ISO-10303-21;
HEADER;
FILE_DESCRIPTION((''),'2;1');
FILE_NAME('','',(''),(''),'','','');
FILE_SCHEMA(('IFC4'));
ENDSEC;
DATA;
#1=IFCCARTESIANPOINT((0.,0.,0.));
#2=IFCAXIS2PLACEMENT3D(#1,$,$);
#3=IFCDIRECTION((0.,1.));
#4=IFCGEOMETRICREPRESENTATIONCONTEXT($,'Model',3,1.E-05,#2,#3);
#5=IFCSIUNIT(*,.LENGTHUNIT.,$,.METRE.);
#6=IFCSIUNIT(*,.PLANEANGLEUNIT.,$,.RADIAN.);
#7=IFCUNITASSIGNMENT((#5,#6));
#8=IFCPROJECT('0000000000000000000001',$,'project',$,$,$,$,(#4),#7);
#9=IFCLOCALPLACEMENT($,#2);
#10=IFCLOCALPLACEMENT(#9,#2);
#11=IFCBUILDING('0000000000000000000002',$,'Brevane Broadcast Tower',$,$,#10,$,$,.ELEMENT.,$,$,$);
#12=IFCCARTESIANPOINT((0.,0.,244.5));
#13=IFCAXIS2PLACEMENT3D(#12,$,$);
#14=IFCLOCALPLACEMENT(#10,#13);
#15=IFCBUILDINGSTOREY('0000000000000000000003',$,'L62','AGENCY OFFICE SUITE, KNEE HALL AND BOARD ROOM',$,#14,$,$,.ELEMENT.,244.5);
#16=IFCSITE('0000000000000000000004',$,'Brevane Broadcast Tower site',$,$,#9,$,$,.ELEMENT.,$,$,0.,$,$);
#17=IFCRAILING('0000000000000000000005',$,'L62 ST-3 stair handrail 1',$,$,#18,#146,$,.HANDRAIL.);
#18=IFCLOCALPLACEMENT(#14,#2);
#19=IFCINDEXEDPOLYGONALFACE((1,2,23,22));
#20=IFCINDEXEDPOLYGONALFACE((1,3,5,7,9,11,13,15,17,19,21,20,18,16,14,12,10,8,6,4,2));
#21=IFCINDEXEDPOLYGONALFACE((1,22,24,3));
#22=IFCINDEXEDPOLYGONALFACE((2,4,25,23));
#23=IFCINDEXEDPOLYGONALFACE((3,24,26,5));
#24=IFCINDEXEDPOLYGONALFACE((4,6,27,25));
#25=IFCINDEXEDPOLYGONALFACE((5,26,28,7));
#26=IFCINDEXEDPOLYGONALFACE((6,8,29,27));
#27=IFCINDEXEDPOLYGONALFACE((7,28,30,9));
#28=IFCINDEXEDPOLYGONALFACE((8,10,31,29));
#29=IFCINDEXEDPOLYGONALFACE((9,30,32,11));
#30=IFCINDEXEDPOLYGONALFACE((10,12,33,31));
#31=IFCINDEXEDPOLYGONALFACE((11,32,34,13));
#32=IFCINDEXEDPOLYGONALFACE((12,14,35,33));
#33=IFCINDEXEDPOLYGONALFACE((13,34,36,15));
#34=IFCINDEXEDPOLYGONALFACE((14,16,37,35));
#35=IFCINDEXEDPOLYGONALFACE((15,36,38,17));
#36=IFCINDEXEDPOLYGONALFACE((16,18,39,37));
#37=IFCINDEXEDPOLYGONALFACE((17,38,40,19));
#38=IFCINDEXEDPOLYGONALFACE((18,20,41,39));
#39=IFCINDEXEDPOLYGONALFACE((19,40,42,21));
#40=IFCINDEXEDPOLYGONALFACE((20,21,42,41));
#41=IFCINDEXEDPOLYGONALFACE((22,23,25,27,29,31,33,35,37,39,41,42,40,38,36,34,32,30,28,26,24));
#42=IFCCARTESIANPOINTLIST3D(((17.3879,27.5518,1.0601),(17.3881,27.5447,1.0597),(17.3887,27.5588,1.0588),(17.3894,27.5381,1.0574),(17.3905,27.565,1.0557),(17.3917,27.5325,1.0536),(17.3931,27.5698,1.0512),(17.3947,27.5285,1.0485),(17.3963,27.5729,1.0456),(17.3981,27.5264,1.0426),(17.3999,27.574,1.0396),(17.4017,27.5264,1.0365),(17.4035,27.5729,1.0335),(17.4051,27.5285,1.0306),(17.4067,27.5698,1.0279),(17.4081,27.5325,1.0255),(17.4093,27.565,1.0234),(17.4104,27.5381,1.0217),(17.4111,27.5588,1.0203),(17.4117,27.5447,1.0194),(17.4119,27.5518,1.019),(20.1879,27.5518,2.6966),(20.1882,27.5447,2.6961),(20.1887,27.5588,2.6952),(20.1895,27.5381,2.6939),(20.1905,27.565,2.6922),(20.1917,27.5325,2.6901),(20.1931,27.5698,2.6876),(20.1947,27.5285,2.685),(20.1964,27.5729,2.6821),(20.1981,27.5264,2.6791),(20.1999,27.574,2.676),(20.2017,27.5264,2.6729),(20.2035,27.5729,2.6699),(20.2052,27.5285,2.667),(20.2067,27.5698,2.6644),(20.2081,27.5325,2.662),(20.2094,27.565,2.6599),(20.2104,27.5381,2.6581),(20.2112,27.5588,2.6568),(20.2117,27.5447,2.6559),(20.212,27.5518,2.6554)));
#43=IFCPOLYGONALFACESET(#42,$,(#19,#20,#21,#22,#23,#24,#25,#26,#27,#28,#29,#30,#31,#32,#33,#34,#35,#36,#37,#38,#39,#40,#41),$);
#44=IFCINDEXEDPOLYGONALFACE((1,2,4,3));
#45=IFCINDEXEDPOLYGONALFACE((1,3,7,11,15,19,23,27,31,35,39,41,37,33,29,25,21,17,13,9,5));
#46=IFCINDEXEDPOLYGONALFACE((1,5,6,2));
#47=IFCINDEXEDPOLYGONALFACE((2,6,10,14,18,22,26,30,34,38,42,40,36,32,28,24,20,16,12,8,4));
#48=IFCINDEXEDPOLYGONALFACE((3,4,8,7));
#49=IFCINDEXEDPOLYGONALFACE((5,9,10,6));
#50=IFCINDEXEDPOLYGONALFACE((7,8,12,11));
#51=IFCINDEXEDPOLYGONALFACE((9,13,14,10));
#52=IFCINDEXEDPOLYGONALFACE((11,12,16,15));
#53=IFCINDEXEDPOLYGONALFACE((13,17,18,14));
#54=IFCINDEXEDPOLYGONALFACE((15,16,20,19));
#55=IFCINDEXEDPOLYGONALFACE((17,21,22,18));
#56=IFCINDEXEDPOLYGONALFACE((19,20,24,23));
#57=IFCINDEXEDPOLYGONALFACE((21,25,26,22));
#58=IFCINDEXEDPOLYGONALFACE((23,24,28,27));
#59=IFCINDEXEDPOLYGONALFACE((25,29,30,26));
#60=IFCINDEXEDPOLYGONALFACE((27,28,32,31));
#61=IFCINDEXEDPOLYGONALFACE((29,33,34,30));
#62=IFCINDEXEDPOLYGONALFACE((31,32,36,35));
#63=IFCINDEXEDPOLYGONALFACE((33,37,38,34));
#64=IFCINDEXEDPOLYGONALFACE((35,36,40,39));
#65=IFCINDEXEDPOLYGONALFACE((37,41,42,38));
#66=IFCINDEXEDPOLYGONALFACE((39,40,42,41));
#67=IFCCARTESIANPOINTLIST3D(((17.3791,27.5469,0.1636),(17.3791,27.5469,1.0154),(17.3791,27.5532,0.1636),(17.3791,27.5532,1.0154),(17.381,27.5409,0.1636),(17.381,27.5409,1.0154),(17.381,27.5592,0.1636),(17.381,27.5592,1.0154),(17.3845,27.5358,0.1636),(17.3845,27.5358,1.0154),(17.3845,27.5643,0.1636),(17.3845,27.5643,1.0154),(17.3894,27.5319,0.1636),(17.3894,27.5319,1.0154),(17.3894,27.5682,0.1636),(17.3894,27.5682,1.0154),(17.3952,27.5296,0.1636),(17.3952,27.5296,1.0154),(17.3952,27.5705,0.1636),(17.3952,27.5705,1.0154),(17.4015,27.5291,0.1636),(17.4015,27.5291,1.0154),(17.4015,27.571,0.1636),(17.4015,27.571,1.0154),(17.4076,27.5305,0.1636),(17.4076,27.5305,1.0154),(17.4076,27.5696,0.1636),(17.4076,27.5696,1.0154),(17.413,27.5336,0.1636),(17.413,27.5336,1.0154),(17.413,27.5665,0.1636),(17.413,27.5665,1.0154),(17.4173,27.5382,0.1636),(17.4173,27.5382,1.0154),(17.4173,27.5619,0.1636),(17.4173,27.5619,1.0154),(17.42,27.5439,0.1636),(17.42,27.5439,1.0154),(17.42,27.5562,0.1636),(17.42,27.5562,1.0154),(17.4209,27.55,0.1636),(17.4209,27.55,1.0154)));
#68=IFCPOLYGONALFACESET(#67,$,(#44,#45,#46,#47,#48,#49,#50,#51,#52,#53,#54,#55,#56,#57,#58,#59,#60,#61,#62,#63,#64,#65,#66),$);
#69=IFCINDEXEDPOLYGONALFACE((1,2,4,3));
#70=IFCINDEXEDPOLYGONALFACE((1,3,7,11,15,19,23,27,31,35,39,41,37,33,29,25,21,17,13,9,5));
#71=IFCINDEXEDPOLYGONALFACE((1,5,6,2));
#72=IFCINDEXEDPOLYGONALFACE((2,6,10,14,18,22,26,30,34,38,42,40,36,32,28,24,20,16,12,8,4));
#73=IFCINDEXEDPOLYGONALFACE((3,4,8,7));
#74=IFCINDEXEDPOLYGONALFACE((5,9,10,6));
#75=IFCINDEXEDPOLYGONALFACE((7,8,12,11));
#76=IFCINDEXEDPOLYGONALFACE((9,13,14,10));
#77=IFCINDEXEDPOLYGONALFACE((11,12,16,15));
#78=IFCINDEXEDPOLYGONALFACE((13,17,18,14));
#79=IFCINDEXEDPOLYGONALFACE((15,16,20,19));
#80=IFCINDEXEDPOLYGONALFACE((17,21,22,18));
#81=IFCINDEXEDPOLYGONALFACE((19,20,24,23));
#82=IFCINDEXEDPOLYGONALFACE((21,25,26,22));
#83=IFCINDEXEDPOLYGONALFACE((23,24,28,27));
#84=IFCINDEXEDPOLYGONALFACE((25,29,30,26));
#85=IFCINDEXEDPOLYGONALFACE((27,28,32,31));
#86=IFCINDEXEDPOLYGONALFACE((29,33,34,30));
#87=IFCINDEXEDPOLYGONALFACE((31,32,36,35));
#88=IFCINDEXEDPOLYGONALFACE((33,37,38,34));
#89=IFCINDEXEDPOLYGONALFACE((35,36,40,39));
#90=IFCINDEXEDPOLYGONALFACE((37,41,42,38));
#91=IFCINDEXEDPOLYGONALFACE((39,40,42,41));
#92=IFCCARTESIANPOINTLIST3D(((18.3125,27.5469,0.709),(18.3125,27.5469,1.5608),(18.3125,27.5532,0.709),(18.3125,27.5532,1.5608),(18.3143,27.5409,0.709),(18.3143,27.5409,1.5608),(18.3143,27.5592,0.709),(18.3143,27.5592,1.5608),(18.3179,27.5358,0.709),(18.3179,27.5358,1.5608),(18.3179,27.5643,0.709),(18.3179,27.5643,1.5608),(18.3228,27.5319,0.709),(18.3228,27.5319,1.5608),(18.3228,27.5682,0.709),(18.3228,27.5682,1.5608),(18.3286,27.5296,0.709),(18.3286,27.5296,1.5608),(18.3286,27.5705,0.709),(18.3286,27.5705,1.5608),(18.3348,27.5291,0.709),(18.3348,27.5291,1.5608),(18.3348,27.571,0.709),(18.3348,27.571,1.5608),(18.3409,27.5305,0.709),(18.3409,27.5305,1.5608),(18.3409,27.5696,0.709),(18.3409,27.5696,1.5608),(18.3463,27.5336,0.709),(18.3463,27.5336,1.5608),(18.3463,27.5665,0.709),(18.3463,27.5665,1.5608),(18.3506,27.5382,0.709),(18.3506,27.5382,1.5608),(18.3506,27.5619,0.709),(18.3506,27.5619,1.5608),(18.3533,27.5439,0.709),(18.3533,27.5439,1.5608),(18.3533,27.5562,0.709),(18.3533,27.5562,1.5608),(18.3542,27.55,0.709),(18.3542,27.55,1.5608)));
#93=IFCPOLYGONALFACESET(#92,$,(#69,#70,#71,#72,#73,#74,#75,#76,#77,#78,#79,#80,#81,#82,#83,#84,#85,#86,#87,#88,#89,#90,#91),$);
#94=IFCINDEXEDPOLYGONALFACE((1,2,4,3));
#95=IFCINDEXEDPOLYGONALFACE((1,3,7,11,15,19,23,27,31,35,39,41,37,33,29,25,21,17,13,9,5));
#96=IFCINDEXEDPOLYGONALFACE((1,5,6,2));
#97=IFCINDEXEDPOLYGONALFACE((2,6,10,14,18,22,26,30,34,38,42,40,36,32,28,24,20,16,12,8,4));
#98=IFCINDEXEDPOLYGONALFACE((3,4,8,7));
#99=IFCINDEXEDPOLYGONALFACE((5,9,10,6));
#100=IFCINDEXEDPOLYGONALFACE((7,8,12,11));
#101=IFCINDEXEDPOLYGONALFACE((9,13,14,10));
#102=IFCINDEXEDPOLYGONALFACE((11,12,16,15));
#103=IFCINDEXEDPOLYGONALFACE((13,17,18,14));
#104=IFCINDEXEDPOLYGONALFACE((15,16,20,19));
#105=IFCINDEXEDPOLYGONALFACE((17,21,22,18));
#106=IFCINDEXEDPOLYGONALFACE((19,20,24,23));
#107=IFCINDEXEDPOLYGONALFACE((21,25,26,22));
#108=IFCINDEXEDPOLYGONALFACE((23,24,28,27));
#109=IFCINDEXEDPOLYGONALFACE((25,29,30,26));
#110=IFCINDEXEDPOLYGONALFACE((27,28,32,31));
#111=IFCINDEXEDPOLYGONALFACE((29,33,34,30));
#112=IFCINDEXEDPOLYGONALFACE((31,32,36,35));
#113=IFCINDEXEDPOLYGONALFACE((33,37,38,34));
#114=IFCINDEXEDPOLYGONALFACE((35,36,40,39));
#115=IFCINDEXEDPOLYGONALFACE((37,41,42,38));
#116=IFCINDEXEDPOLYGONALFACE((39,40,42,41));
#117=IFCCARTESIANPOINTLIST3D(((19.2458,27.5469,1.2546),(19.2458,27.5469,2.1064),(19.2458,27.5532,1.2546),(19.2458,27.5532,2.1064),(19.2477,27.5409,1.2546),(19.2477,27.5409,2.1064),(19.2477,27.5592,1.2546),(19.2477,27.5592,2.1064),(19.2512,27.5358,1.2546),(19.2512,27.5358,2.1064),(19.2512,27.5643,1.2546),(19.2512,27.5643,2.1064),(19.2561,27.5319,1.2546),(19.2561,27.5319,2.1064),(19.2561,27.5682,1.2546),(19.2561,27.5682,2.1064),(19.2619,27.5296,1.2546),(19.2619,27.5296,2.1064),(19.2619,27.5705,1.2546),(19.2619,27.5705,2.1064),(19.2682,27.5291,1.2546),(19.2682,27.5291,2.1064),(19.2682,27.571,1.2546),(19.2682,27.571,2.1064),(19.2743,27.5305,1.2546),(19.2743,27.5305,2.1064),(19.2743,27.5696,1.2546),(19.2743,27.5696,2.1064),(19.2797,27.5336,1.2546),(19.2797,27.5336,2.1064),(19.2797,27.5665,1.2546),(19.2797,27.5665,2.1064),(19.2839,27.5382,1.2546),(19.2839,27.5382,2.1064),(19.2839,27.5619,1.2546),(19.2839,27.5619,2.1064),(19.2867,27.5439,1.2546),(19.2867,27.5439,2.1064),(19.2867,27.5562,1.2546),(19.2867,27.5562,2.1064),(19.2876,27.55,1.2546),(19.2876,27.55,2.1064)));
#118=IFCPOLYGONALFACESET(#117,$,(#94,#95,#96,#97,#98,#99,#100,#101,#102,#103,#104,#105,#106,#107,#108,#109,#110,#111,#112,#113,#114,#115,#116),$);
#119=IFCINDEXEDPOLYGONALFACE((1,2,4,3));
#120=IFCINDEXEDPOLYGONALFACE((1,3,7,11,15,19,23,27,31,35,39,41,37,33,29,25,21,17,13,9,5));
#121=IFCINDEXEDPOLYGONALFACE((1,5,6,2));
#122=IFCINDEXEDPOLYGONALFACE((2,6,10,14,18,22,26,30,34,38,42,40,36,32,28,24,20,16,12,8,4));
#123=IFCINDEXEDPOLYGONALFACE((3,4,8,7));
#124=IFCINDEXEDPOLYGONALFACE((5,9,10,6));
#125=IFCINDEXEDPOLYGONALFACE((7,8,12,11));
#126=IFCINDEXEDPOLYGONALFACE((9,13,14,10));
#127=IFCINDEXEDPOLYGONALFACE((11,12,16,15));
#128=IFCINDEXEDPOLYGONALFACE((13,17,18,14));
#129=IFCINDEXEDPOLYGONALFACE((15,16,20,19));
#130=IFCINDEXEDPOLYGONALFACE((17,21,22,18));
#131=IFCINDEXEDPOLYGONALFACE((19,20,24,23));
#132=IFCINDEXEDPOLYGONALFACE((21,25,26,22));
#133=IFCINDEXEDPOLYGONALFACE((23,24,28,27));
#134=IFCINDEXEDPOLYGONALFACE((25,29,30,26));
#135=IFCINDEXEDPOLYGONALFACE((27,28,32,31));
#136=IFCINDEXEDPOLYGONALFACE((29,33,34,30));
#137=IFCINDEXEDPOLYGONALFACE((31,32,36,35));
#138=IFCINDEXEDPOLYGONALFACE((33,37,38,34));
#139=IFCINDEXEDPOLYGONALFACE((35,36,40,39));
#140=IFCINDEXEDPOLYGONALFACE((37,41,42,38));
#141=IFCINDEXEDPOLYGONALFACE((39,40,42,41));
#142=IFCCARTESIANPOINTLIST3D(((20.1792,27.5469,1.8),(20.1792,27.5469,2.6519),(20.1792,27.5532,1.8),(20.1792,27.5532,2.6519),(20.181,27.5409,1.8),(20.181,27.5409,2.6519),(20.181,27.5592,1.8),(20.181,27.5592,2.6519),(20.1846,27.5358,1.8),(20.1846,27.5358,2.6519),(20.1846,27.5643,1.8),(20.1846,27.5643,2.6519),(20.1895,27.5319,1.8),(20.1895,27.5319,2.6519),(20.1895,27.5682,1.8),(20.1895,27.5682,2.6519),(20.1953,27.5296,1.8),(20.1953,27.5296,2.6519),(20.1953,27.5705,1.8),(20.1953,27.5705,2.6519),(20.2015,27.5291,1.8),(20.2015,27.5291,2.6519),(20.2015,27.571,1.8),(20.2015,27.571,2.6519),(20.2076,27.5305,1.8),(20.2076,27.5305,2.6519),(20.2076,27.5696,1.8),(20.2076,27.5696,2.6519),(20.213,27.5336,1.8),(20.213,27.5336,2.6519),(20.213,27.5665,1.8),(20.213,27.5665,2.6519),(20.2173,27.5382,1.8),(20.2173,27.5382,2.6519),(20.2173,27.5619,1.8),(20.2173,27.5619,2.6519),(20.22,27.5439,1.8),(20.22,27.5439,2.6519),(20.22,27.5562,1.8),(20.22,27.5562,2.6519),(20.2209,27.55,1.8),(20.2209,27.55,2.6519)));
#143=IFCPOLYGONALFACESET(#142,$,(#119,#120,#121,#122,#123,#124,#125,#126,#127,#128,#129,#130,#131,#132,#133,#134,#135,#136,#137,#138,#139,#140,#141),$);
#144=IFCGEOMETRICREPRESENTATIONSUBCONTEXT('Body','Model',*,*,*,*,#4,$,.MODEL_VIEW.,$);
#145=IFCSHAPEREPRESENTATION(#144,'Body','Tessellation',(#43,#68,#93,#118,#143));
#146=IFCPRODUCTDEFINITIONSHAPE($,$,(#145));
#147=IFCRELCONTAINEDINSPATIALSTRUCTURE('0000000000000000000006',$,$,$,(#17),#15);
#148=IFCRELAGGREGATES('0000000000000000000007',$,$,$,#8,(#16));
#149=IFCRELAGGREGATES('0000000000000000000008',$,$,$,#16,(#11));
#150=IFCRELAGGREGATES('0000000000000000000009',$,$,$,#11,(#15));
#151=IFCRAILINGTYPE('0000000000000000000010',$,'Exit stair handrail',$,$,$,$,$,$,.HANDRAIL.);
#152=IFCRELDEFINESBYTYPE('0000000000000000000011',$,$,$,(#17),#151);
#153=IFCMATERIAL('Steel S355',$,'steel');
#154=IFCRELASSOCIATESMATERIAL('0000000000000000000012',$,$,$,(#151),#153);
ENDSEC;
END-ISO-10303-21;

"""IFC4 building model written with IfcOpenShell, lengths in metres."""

from ifc_helpers import new_model, si_unit, direction, frame, origin, origin_2d, place, context, subcontext, project, spatial, circle, extrude, material, type_object, element, save


model = new_model("IFC4")

# Units and contexts
model_context = context("Model", 3, precision=1e-05, world=origin(), true_north=direction((0.0, 1.0)))
body_context = subcontext(model_context, "Body", "Model", "MODEL_VIEW")
ifc_project = project(units=[si_unit("LENGTHUNIT", "METRE"), si_unit("PLANEANGLEUNIT", "RADIAN")], contexts=[model_context])

# Site, building, storey
site_placement = place(None, origin())
site = spatial("IfcSite", under=ifc_project, at=site_placement, Name="Brevane Broadcast Tower site", CompositionType="ELEMENT", RefElevation=0.0)
building_placement = place(site_placement, origin())
building = spatial("IfcBuilding", under=site, at=building_placement, Name="Brevane Broadcast Tower", CompositionType="ELEMENT")
storey_placement = place(building_placement, frame((0.0, 0.0, 244.5)))
storey = spatial("IfcBuildingStorey", under=building, at=storey_placement, Name="L62", Description="AGENCY OFFICE SUITE, KNEE HALL AND BOARD ROOM", CompositionType="ELEMENT", Elevation=244.5)

# Railing
ifc_material_1 = material(Name="Steel S355", Category="steel")
railing_type_1 = type_object("IfcRailingType", Name="Exit stair handrail", PredefinedType="HANDRAIL", material=ifc_material_1)
railing_1_placement = place(storey_placement, frame((17.3999, 27.55, 0.1636)))
element("IfcRailing", 1, at=railing_1_placement, inside=storey, type_object=railing_type_1, Name="L62 ST-3 stair handrail 1", PredefinedType="HANDRAIL", context=body_context, shape_type="SweptSolid", body=[
    extrude(circle(Radius=0.0239, at=origin_2d()), frame((0.0, 0.0, 0.876), z_axis=(0.863361, 0.0, 0.504587), x_axis=(0.0, 1.0, 0.0)), (0.0, 0.0, 1.0), 3.2432),
    extrude(circle(Radius=0.021, at=origin_2d()), origin(), (0.0, 0.0, 1.0), 0.8518),
    extrude(circle(Radius=0.021, at=origin_2d()), frame((0.9333, 0.0, 0.5454)), (0.0, 0.0, 1.0), 0.8518),
    extrude(circle(Radius=0.021, at=origin_2d()), frame((1.8667, 0.0, 1.0911)), (0.0, 0.0, 1.0), 0.8518),
    extrude(circle(Radius=0.021, at=origin_2d()), frame((2.8, 0.0, 1.6365)), (0.0, 0.0, 1.0), 0.8518),
])

save(model, "model.ifc")
